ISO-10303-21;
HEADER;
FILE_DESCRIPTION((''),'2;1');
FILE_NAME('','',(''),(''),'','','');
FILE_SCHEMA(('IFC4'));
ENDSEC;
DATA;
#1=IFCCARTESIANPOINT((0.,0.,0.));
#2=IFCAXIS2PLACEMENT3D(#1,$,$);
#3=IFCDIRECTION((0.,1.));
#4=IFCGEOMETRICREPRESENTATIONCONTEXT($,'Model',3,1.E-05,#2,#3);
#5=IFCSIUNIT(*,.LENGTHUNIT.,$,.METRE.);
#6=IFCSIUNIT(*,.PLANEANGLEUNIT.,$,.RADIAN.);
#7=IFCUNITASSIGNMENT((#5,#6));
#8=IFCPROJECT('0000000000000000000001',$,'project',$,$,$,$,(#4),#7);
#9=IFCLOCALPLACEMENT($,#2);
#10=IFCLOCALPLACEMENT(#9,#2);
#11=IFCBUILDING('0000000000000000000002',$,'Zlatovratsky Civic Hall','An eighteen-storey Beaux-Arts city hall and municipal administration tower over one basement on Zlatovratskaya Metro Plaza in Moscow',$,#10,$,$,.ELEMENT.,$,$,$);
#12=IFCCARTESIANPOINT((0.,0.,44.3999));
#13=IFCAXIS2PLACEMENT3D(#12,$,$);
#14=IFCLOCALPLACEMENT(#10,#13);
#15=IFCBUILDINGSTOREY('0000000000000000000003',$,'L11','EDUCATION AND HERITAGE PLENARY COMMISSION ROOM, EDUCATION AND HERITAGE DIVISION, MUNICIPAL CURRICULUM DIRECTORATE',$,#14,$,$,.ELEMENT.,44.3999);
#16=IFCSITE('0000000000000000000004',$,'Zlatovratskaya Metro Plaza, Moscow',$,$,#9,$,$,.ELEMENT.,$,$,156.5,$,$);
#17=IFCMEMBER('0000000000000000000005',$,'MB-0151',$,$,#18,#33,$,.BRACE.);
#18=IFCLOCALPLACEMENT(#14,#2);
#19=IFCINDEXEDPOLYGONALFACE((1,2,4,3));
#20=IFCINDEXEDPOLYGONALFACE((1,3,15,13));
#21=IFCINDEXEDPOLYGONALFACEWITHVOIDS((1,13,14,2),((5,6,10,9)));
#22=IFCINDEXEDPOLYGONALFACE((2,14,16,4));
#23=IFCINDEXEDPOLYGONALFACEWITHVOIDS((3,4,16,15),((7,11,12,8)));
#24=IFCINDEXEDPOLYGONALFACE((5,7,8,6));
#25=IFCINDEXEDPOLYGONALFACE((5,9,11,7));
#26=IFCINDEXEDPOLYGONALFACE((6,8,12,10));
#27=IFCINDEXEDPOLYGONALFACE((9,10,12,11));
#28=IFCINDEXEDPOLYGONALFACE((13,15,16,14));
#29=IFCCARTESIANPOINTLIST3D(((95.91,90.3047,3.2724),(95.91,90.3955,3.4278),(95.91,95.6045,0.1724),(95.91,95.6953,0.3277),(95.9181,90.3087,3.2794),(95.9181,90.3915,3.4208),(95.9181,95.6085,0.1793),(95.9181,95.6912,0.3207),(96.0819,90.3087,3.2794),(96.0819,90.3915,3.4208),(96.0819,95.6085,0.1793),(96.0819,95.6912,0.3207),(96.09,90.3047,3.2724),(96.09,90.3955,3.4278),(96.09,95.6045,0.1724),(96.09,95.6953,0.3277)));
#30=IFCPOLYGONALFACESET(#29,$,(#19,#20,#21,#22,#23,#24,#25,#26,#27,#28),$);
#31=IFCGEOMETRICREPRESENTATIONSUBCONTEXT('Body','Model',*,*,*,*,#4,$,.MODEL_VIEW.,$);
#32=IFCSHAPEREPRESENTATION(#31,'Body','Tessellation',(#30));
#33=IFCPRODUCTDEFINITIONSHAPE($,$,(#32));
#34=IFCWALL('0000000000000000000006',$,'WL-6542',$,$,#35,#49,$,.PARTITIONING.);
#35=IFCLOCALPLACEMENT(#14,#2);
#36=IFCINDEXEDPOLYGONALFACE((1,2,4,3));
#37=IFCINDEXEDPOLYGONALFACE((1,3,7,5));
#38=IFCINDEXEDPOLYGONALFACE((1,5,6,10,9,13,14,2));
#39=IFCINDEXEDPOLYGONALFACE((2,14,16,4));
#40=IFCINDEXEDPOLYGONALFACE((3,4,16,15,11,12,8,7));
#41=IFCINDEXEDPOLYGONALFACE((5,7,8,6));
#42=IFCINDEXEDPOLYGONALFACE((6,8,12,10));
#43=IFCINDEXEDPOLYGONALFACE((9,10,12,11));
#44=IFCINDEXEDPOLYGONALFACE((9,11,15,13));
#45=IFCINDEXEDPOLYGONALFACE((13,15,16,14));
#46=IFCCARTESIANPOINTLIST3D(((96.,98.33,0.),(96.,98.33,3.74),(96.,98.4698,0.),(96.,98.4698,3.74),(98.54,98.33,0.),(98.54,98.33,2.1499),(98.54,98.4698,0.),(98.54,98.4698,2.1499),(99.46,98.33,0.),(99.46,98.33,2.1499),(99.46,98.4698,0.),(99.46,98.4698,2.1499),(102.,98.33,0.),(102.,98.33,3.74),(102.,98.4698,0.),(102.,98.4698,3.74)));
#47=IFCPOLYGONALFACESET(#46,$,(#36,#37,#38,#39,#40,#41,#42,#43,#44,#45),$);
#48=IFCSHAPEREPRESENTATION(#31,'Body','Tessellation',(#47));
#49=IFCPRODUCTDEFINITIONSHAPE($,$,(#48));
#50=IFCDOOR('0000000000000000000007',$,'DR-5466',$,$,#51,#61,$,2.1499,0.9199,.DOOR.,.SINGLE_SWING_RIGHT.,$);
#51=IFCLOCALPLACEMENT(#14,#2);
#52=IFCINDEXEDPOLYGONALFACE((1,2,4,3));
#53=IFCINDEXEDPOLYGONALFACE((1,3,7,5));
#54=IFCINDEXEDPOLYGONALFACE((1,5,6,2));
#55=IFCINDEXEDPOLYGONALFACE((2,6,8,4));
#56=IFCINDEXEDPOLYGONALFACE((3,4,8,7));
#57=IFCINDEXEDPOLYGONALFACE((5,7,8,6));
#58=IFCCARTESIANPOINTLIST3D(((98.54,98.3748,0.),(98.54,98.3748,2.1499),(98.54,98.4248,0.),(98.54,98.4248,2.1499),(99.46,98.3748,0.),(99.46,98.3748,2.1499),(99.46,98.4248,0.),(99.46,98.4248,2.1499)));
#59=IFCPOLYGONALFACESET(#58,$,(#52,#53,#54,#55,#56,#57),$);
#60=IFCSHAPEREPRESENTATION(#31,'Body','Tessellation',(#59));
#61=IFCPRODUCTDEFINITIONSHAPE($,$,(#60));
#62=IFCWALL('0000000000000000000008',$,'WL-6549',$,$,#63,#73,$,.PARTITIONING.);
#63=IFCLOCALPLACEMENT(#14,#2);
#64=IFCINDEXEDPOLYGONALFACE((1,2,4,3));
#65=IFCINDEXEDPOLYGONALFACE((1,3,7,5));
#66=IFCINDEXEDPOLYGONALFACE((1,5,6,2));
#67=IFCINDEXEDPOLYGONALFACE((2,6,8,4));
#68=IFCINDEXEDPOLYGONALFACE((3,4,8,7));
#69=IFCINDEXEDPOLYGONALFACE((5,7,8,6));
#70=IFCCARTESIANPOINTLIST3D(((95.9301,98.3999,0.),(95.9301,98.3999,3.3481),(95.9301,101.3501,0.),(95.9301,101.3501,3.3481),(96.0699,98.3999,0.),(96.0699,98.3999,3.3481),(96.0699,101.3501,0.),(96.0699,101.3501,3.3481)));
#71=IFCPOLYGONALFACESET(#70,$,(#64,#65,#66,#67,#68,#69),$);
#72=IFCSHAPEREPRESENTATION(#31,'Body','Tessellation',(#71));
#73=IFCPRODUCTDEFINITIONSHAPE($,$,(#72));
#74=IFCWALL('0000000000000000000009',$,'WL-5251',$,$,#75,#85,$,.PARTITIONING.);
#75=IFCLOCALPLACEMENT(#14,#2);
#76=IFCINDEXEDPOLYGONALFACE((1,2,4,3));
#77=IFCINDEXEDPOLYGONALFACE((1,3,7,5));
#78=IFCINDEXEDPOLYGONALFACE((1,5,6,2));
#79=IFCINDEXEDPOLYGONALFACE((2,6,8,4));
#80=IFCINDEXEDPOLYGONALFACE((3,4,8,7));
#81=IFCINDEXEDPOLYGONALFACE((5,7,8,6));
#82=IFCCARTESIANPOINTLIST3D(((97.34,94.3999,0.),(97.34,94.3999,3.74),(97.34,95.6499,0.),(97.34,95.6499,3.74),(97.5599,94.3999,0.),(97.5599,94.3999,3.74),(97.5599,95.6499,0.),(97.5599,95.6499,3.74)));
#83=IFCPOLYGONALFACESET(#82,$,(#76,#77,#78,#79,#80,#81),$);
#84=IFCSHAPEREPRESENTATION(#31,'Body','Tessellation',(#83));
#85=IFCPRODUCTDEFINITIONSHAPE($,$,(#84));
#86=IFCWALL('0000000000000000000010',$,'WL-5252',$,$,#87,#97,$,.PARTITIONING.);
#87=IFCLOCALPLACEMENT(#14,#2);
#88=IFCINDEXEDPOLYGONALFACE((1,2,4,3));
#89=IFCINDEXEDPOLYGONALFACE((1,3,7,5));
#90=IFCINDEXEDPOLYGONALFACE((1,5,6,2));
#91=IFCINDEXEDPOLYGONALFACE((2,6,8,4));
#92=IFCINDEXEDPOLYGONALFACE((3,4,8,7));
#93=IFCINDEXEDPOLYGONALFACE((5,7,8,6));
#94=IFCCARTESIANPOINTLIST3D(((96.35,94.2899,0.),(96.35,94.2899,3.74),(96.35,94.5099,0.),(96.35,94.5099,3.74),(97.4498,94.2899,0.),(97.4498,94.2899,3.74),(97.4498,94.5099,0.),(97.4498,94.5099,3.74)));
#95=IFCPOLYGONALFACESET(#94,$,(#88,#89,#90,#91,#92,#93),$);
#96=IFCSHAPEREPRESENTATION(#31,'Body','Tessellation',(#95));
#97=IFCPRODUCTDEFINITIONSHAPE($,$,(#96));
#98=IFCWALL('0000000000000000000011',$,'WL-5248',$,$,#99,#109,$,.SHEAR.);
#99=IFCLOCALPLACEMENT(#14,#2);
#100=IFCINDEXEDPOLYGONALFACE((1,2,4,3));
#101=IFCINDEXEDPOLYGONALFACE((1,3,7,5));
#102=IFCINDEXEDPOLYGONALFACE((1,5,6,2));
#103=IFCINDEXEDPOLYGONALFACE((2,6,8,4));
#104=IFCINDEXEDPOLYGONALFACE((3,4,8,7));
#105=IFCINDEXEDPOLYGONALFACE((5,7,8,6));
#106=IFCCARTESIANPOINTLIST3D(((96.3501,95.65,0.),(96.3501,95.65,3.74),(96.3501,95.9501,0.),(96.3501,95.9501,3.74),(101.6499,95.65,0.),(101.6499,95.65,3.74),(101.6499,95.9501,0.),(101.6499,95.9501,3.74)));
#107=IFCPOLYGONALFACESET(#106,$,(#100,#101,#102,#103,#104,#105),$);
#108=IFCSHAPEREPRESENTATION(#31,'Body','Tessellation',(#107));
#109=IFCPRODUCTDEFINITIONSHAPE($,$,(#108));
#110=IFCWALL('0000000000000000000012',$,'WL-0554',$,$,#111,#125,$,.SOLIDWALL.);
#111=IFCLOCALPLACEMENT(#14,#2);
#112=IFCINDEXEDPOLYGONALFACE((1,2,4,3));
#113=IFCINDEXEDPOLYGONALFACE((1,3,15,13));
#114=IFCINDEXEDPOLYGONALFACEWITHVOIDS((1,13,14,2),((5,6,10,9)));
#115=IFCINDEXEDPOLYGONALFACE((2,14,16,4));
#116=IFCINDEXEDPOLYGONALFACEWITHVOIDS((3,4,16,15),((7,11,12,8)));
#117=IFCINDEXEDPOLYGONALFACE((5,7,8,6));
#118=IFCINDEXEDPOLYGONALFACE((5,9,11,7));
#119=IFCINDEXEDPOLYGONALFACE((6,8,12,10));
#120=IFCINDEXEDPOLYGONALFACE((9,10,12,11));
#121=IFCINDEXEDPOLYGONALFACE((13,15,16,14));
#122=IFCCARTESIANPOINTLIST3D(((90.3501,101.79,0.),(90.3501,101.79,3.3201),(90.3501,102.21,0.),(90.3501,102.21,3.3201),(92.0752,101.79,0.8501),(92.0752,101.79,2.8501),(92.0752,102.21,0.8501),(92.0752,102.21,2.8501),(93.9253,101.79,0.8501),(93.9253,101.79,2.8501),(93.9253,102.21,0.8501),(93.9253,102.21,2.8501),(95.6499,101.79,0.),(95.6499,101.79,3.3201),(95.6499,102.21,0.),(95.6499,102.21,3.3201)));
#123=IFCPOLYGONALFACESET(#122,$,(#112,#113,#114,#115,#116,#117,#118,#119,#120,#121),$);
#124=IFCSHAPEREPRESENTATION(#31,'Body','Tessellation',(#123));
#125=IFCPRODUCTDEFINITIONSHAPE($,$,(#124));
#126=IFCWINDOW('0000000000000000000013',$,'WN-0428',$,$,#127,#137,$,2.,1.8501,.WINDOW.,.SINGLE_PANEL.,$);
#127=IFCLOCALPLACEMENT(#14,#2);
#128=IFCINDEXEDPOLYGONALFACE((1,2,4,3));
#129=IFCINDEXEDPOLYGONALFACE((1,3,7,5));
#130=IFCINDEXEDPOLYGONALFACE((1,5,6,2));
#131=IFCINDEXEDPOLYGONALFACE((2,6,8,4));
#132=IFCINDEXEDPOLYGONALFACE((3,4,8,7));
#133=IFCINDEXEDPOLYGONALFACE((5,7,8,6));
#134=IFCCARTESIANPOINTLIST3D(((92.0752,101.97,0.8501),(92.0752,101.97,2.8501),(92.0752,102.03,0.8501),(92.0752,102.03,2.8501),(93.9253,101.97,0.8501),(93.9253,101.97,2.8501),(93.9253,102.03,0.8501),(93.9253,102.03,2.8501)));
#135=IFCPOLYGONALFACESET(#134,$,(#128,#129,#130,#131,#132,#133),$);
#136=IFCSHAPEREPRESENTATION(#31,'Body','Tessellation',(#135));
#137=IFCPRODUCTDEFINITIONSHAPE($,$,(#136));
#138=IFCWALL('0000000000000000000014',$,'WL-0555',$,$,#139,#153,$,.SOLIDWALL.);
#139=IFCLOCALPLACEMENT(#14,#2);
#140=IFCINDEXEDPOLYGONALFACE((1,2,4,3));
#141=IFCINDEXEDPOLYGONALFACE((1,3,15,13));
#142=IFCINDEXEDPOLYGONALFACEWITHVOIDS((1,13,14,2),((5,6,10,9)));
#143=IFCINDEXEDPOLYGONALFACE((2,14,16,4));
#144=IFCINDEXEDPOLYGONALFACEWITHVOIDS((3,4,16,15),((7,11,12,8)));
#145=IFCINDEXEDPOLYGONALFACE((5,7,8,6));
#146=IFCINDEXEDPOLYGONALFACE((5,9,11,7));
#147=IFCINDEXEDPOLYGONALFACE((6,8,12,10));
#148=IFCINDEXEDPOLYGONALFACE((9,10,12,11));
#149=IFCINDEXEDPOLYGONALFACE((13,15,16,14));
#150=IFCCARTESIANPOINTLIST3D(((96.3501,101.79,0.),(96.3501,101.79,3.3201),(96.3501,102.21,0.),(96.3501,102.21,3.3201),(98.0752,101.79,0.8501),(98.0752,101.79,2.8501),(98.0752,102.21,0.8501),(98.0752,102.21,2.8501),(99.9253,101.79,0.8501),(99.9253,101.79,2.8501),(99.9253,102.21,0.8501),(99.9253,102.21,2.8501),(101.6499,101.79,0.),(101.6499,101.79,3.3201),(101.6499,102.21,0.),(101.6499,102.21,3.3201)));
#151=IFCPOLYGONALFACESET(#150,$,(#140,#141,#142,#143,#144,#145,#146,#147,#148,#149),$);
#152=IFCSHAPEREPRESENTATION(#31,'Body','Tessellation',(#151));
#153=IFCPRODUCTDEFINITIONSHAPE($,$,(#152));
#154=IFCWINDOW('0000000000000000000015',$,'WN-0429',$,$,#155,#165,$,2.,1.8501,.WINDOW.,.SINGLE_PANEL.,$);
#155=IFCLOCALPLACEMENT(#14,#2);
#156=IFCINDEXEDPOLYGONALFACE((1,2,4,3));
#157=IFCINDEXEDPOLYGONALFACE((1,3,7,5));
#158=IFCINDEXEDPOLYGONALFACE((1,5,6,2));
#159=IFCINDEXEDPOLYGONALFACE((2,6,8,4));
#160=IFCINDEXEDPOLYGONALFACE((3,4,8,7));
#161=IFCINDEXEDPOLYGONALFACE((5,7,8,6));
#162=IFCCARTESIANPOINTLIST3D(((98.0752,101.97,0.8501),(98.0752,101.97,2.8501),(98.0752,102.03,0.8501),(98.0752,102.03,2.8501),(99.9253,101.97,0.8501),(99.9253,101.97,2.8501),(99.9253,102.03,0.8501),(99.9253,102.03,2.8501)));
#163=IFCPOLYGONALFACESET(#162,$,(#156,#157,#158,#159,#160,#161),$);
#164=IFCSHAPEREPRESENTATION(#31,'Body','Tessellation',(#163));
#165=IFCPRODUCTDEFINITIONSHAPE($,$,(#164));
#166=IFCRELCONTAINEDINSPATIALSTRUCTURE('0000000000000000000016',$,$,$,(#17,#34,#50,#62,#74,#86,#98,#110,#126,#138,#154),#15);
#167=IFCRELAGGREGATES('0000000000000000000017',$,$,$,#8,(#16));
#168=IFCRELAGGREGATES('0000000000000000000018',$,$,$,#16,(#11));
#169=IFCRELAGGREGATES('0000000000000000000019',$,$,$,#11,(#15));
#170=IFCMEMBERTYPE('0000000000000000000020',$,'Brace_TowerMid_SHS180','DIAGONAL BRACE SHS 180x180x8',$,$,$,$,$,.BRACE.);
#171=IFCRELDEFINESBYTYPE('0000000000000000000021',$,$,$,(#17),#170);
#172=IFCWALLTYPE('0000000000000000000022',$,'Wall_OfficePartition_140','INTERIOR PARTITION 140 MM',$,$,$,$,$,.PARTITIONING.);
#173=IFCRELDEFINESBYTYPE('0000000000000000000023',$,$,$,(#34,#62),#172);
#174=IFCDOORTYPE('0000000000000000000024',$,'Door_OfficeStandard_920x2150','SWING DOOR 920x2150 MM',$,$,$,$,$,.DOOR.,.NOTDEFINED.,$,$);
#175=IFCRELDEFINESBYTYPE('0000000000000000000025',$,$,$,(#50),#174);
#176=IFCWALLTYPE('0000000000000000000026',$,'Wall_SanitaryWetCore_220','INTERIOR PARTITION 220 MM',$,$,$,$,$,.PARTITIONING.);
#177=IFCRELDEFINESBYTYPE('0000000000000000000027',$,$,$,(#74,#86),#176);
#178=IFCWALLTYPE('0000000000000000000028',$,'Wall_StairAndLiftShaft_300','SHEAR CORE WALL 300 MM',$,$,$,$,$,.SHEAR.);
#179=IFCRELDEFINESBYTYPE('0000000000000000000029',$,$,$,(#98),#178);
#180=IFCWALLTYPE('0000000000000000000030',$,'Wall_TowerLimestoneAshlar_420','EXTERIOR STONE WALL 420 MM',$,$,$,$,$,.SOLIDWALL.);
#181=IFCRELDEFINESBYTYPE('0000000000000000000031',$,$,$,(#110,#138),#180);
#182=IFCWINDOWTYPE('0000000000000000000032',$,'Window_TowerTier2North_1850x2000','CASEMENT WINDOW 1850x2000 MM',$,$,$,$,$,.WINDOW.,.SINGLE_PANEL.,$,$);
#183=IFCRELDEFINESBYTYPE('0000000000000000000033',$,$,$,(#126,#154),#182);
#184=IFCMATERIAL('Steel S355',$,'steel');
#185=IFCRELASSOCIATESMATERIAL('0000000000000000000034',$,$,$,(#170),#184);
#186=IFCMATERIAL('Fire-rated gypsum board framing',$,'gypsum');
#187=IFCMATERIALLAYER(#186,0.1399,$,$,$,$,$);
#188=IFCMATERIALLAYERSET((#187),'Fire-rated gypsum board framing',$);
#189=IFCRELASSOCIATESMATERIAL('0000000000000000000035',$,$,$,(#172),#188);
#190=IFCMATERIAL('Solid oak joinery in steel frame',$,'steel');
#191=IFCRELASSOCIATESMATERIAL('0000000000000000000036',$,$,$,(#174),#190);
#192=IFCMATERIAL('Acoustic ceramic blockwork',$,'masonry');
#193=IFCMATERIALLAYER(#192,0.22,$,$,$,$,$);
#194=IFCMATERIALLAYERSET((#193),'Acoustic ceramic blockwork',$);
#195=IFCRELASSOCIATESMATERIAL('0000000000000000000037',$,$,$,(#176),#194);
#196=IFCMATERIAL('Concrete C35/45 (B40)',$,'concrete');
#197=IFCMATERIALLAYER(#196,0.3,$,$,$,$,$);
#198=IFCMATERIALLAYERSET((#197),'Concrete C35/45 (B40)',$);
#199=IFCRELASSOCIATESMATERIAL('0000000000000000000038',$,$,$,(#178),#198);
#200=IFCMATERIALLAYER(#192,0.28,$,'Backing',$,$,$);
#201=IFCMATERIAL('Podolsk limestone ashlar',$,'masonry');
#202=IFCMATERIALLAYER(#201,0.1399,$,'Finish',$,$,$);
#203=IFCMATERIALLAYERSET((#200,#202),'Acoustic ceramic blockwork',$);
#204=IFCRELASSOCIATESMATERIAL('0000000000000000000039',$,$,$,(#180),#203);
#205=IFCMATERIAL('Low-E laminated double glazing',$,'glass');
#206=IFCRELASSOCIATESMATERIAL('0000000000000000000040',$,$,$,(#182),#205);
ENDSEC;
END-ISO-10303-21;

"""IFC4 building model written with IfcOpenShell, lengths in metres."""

from ifc_helpers import new_model, si_unit, direction, frame, frame_2d, origin, origin_2d, place, context, subcontext, project, spatial, rectangle, hollow_rectangle, extrude, material, layer, layer_set, material_profile, profile_set, type_object, element, fill, save


model = new_model("IFC4")

# Units and contexts
model_context = context("Model", 3, precision=1e-05, world=origin(), true_north=direction((0.0, 1.0)))
body_context = subcontext(model_context, "Body", "Model", "MODEL_VIEW")
ifc_project = project(units=[si_unit("LENGTHUNIT", "METRE"), si_unit("PLANEANGLEUNIT", "RADIAN")], contexts=[model_context])

# Site, building, storey
site_placement = place(None, origin())
site = spatial("IfcSite", under=ifc_project, at=site_placement, Name="Zlatovratskaya Metro Plaza, Moscow", CompositionType="ELEMENT", RefElevation=156.5)
building_placement = place(site_placement, origin())
building = spatial("IfcBuilding", under=site, at=building_placement, Name="Zlatovratsky Civic Hall", Description="An eighteen-storey Beaux-Arts city hall and municipal administration tower over one basement on Zlatovratskaya Metro Plaza in Moscow", CompositionType="ELEMENT")
storey_placement = place(building_placement, frame((0.0, 0.0, 44.3999)))
storey = spatial("IfcBuildingStorey", under=building, at=storey_placement, Name="L11", Description="EDUCATION AND HERITAGE PLENARY COMMISSION ROOM, EDUCATION AND HERITAGE DIVISION, MUNICIPAL CURRICULUM DIRECTORATE", CompositionType="ELEMENT", Elevation=44.3999)

# Shared definitions
ifc_material_1 = material(Name="Concrete C35/45 (B40)", Category="concrete")

# Shared definitions
ifc_material_2 = material(Name="Steel S355", Category="steel")

# Member
ifc_material_profile_1 = material_profile(ifc_material_2, hollow_rectangle(XDim=0.1799, YDim=0.1799, WallThickness=0.0081, at=origin_2d()), Name="SHS 180x180x8")
ifc_profile_set_1 = profile_set([ifc_material_profile_1], Name="Steel S355")
member_type = type_object("IfcMemberType", Name="Brace_TowerMid_SHS180", Description="DIAGONAL BRACE SHS 180x180x8", PredefinedType="BRACE", material=ifc_profile_set_1)
member_placement = place(storey_placement, frame((96.0, 90.3501, 3.3501), z_axis=(0.0, 0.863173, -0.504909), x_axis=(-1.0, 0.0, 0.0)))
element("IfcMember", 1, at=member_placement, inside=storey, type_object=member_type, Name="MB-0151", PredefinedType="BRACE", context=body_context, shape_type="SweptSolid", body=[
    extrude(hollow_rectangle(XDim=0.1799, YDim=0.1799, WallThickness=0.0081, at=origin_2d()), origin(), (0.0, 0.0, 1.0), 6.1399),
])

# Wall, opening, door
ifc_material_3 = material(Name="Fire-rated gypsum board framing", Category="gypsum")
ifc_layer_1 = layer(ifc_material_3, 0.1399)
ifc_layer_set_1 = layer_set([ifc_layer_1], Name="Fire-rated gypsum board framing")
wall_type_1 = type_object("IfcWallType", Name="Wall_OfficePartition_140", Description="INTERIOR PARTITION 140 MM", PredefinedType="PARTITIONING", material=ifc_layer_set_1)
wall_1_placement = place(storey_placement, frame((96.0, 98.3999, 0.0), z_axis=(0.0, 0.0, 1.0), x_axis=(1.0, 0.0, 0.0)))
wall_1 = element("IfcWall", 2, at=wall_1_placement, inside=storey, type_object=wall_type_1, Name="WL-6542", PredefinedType="PARTITIONING", context=body_context, shape_type="SweptSolid", body=[
    extrude(rectangle(XDim=6.0, YDim=0.1399, at=frame_2d((3.0, 0.0))), origin(), (0.0, 0.0, 1.0), 3.74),
])
opening_1_placement = place(wall_1_placement, frame((2.54, 0.0, 0.0)))
opening_1 = element("IfcOpeningElement", 3, at=opening_1_placement, cuts=wall_1, PredefinedType="OPENING", context=body_context, shape_type="SweptSolid", body=[
    extrude(rectangle(XDim=0.9199, YDim=2.1499, at=frame_2d((0.46, 1.075))), frame((0.0, 0.085, 0.0), z_axis=(0.0, -1.0, 0.0), x_axis=(1.0, 0.0, 0.0)), (0.0, 0.0, 1.0), 0.1697),
])
ifc_material_4 = material(Name="Solid oak joinery in steel frame", Category="steel")
door_type_1 = type_object("IfcDoorType", Name="Door_OfficeStandard_920x2150", Description="SWING DOOR 920x2150 MM", OperationType="NOTDEFINED", PredefinedType="DOOR", material=ifc_material_4)
door_1_placement = place(opening_1_placement, origin())
door_1 = element("IfcDoor", 4, at=door_1_placement, inside=storey, type_object=door_type_1, Name="DR-5466", OperationType="SINGLE_SWING_RIGHT", OverallHeight=2.1499, OverallWidth=0.9199, PredefinedType="DOOR", context=body_context, shape_type="SweptSolid", body=[
    extrude(rectangle(XDim=0.9199, YDim=2.1499, at=frame_2d((0.46, 1.075))), frame((0.0, 0.0249, 0.0), z_axis=(0.0, -1.0, 0.0), x_axis=(1.0, 0.0, 0.0)), (0.0, 0.0, 1.0), 0.05),
])
fill(opening_1, door_1)

# Walls
wall_2_placement = place(storey_placement, frame((96.0, 98.3999, 0.0), z_axis=(0.0, 0.0, 1.0), x_axis=(0.0, 1.0, 0.0)))
element("IfcWall", 5, at=wall_2_placement, inside=storey, type_object=wall_type_1, Name="WL-6549", PredefinedType="PARTITIONING", context=body_context, shape_type="SweptSolid", body=[
    extrude(rectangle(XDim=2.9502, YDim=0.1399, at=frame_2d((1.4751, 0.0))), origin(), (0.0, 0.0, 1.0), 3.3481),
])
ifc_material_5 = material(Name="Acoustic ceramic blockwork", Category="masonry")
ifc_layer_2 = layer(ifc_material_5, 0.22)
ifc_layer_set_2 = layer_set([ifc_layer_2], Name="Acoustic ceramic blockwork")
wall_type_2 = type_object("IfcWallType", Name="Wall_SanitaryWetCore_220", Description="INTERIOR PARTITION 220 MM", PredefinedType="PARTITIONING", material=ifc_layer_set_2)
wall_3_placement = place(storey_placement, frame((97.45, 94.3999, 0.0), z_axis=(0.0, 0.0, 1.0), x_axis=(0.0, 1.0, 0.0)))
element("IfcWall", 6, at=wall_3_placement, inside=storey, type_object=wall_type_2, Name="WL-5251", PredefinedType="PARTITIONING", context=body_context, shape_type="SweptSolid", body=[
    extrude(rectangle(XDim=1.25, YDim=0.22, at=frame_2d((0.625, 0.0))), origin(), (0.0, 0.0, 1.0), 3.74),
])
wall_4_placement = place(storey_placement, frame((96.3501, 94.3999, 0.0), z_axis=(0.0, 0.0, 1.0), x_axis=(1.0, 0.0, 0.0)))
element("IfcWall", 7, at=wall_4_placement, inside=storey, type_object=wall_type_2, Name="WL-5252", PredefinedType="PARTITIONING", context=body_context, shape_type="SweptSolid", body=[
    extrude(rectangle(XDim=1.0999, YDim=0.22, at=frame_2d((0.5498, 0.0))), origin(), (0.0, 0.0, 1.0), 3.74),
])

# Wall
ifc_layer_3 = layer(ifc_material_1, 0.3)
ifc_layer_set_3 = layer_set([ifc_layer_3], Name="Concrete C35/45 (B40)")
wall_type_3 = type_object("IfcWallType", Name="Wall_StairAndLiftShaft_300", Description="SHEAR CORE WALL 300 MM", PredefinedType="SHEAR", material=ifc_layer_set_3)
wall_5_placement = place(storey_placement, frame((96.3501, 95.8, 0.0), z_axis=(0.0, 0.0, 1.0), x_axis=(1.0, 0.0, 0.0)))
element("IfcWall", 8, at=wall_5_placement, inside=storey, type_object=wall_type_3, Name="WL-5248", PredefinedType="SHEAR", context=body_context, shape_type="SweptSolid", body=[
    extrude(rectangle(XDim=5.2998, YDim=0.3, at=frame_2d((2.6499, 0.0))), origin(), (0.0, 0.0, 1.0), 3.74),
])

# Walls, openings, windows
ifc_layer_4 = layer(ifc_material_5, 0.28, Name="Backing")
ifc_material_6 = material(Name="Podolsk limestone ashlar", Category="masonry")
ifc_layer_5 = layer(ifc_material_6, 0.1399, Name="Finish")
ifc_layer_set_4 = layer_set([ifc_layer_4, ifc_layer_5], Name="Acoustic ceramic blockwork")
wall_type_4 = type_object("IfcWallType", Name="Wall_TowerLimestoneAshlar_420", Description="EXTERIOR STONE WALL 420 MM", PredefinedType="SOLIDWALL", material=ifc_layer_set_4)
wall_6_placement = place(storey_placement, frame((90.3501, 102.0, 0.0), z_axis=(0.0, 0.0, 1.0), x_axis=(1.0, 0.0, 0.0)))
wall_6 = element("IfcWall", 9, at=wall_6_placement, inside=storey, type_object=wall_type_4, Name="WL-0554", PredefinedType="SOLIDWALL", context=body_context, shape_type="SweptSolid", body=[
    extrude(rectangle(XDim=5.2998, YDim=0.4199, at=frame_2d((2.6499, 0.0))), origin(), (0.0, 0.0, 1.0), 3.3201),
])
opening_2_placement = place(wall_6_placement, frame((1.7251, 0.0, 0.8501)))
opening_2 = element("IfcOpeningElement", 10, at=opening_2_placement, cuts=wall_6, PredefinedType="OPENING", context=body_context, shape_type="SweptSolid", body=[
    extrude(rectangle(XDim=1.8501, YDim=2.0, at=frame_2d((0.925, 1.0))), frame((0.0, 0.2249, 0.0), z_axis=(0.0, -1.0, 0.0), x_axis=(1.0, 0.0, 0.0)), (0.0, 0.0, 1.0), 0.4497),
])
ifc_material_7 = material(Name="Low-E laminated double glazing", Category="glass")
window_type = type_object("IfcWindowType", Name="Window_TowerTier2North_1850x2000", Description="CASEMENT WINDOW 1850x2000 MM", PartitioningType="SINGLE_PANEL", PredefinedType="WINDOW", material=ifc_material_7)
window_1_placement = place(opening_2_placement, origin())
window_1 = element("IfcWindow", 11, at=window_1_placement, inside=storey, type_object=window_type, Name="WN-0428", OverallHeight=2.0, OverallWidth=1.8501, PartitioningType="SINGLE_PANEL", PredefinedType="WINDOW", context=body_context, shape_type="SweptSolid", body=[
    extrude(rectangle(XDim=1.8501, YDim=2.0, at=frame_2d((0.925, 1.0))), frame((0.0, 0.03, 0.0), z_axis=(0.0, -1.0, 0.0), x_axis=(1.0, 0.0, 0.0)), (0.0, 0.0, 1.0), 0.0601),
])
fill(opening_2, window_1)
wall_7_placement = place(storey_placement, frame((96.3501, 102.0, 0.0), z_axis=(0.0, 0.0, 1.0), x_axis=(1.0, 0.0, 0.0)))
wall_7 = element("IfcWall", 12, at=wall_7_placement, inside=storey, type_object=wall_type_4, Name="WL-0555", PredefinedType="SOLIDWALL", context=body_context, shape_type="SweptSolid", body=[
    extrude(rectangle(XDim=5.2998, YDim=0.4199, at=frame_2d((2.6499, 0.0))), origin(), (0.0, 0.0, 1.0), 3.3201),
])
opening_3_placement = place(wall_7_placement, frame((1.7251, 0.0, 0.8501)))
opening_3 = element("IfcOpeningElement", 13, at=opening_3_placement, cuts=wall_7, PredefinedType="OPENING", context=body_context, shape_type="SweptSolid", body=[
    extrude(rectangle(XDim=1.8501, YDim=2.0, at=frame_2d((0.925, 1.0))), frame((0.0, 0.2249, 0.0), z_axis=(0.0, -1.0, 0.0), x_axis=(1.0, 0.0, 0.0)), (0.0, 0.0, 1.0), 0.4497),
])
window_2_placement = place(opening_3_placement, origin())
window_2 = element("IfcWindow", 14, at=window_2_placement, inside=storey, type_object=window_type, Name="WN-0429", OverallHeight=2.0, OverallWidth=1.8501, PartitioningType="SINGLE_PANEL", PredefinedType="WINDOW", context=body_context, shape_type="SweptSolid", body=[
    extrude(rectangle(XDim=1.8501, YDim=2.0, at=frame_2d((0.925, 1.0))), frame((0.0, 0.03, 0.0), z_axis=(0.0, -1.0, 0.0), x_axis=(1.0, 0.0, 0.0)), (0.0, 0.0, 1.0), 0.0601),
])
fill(opening_3, window_2)

save(model, "model.ifc")
